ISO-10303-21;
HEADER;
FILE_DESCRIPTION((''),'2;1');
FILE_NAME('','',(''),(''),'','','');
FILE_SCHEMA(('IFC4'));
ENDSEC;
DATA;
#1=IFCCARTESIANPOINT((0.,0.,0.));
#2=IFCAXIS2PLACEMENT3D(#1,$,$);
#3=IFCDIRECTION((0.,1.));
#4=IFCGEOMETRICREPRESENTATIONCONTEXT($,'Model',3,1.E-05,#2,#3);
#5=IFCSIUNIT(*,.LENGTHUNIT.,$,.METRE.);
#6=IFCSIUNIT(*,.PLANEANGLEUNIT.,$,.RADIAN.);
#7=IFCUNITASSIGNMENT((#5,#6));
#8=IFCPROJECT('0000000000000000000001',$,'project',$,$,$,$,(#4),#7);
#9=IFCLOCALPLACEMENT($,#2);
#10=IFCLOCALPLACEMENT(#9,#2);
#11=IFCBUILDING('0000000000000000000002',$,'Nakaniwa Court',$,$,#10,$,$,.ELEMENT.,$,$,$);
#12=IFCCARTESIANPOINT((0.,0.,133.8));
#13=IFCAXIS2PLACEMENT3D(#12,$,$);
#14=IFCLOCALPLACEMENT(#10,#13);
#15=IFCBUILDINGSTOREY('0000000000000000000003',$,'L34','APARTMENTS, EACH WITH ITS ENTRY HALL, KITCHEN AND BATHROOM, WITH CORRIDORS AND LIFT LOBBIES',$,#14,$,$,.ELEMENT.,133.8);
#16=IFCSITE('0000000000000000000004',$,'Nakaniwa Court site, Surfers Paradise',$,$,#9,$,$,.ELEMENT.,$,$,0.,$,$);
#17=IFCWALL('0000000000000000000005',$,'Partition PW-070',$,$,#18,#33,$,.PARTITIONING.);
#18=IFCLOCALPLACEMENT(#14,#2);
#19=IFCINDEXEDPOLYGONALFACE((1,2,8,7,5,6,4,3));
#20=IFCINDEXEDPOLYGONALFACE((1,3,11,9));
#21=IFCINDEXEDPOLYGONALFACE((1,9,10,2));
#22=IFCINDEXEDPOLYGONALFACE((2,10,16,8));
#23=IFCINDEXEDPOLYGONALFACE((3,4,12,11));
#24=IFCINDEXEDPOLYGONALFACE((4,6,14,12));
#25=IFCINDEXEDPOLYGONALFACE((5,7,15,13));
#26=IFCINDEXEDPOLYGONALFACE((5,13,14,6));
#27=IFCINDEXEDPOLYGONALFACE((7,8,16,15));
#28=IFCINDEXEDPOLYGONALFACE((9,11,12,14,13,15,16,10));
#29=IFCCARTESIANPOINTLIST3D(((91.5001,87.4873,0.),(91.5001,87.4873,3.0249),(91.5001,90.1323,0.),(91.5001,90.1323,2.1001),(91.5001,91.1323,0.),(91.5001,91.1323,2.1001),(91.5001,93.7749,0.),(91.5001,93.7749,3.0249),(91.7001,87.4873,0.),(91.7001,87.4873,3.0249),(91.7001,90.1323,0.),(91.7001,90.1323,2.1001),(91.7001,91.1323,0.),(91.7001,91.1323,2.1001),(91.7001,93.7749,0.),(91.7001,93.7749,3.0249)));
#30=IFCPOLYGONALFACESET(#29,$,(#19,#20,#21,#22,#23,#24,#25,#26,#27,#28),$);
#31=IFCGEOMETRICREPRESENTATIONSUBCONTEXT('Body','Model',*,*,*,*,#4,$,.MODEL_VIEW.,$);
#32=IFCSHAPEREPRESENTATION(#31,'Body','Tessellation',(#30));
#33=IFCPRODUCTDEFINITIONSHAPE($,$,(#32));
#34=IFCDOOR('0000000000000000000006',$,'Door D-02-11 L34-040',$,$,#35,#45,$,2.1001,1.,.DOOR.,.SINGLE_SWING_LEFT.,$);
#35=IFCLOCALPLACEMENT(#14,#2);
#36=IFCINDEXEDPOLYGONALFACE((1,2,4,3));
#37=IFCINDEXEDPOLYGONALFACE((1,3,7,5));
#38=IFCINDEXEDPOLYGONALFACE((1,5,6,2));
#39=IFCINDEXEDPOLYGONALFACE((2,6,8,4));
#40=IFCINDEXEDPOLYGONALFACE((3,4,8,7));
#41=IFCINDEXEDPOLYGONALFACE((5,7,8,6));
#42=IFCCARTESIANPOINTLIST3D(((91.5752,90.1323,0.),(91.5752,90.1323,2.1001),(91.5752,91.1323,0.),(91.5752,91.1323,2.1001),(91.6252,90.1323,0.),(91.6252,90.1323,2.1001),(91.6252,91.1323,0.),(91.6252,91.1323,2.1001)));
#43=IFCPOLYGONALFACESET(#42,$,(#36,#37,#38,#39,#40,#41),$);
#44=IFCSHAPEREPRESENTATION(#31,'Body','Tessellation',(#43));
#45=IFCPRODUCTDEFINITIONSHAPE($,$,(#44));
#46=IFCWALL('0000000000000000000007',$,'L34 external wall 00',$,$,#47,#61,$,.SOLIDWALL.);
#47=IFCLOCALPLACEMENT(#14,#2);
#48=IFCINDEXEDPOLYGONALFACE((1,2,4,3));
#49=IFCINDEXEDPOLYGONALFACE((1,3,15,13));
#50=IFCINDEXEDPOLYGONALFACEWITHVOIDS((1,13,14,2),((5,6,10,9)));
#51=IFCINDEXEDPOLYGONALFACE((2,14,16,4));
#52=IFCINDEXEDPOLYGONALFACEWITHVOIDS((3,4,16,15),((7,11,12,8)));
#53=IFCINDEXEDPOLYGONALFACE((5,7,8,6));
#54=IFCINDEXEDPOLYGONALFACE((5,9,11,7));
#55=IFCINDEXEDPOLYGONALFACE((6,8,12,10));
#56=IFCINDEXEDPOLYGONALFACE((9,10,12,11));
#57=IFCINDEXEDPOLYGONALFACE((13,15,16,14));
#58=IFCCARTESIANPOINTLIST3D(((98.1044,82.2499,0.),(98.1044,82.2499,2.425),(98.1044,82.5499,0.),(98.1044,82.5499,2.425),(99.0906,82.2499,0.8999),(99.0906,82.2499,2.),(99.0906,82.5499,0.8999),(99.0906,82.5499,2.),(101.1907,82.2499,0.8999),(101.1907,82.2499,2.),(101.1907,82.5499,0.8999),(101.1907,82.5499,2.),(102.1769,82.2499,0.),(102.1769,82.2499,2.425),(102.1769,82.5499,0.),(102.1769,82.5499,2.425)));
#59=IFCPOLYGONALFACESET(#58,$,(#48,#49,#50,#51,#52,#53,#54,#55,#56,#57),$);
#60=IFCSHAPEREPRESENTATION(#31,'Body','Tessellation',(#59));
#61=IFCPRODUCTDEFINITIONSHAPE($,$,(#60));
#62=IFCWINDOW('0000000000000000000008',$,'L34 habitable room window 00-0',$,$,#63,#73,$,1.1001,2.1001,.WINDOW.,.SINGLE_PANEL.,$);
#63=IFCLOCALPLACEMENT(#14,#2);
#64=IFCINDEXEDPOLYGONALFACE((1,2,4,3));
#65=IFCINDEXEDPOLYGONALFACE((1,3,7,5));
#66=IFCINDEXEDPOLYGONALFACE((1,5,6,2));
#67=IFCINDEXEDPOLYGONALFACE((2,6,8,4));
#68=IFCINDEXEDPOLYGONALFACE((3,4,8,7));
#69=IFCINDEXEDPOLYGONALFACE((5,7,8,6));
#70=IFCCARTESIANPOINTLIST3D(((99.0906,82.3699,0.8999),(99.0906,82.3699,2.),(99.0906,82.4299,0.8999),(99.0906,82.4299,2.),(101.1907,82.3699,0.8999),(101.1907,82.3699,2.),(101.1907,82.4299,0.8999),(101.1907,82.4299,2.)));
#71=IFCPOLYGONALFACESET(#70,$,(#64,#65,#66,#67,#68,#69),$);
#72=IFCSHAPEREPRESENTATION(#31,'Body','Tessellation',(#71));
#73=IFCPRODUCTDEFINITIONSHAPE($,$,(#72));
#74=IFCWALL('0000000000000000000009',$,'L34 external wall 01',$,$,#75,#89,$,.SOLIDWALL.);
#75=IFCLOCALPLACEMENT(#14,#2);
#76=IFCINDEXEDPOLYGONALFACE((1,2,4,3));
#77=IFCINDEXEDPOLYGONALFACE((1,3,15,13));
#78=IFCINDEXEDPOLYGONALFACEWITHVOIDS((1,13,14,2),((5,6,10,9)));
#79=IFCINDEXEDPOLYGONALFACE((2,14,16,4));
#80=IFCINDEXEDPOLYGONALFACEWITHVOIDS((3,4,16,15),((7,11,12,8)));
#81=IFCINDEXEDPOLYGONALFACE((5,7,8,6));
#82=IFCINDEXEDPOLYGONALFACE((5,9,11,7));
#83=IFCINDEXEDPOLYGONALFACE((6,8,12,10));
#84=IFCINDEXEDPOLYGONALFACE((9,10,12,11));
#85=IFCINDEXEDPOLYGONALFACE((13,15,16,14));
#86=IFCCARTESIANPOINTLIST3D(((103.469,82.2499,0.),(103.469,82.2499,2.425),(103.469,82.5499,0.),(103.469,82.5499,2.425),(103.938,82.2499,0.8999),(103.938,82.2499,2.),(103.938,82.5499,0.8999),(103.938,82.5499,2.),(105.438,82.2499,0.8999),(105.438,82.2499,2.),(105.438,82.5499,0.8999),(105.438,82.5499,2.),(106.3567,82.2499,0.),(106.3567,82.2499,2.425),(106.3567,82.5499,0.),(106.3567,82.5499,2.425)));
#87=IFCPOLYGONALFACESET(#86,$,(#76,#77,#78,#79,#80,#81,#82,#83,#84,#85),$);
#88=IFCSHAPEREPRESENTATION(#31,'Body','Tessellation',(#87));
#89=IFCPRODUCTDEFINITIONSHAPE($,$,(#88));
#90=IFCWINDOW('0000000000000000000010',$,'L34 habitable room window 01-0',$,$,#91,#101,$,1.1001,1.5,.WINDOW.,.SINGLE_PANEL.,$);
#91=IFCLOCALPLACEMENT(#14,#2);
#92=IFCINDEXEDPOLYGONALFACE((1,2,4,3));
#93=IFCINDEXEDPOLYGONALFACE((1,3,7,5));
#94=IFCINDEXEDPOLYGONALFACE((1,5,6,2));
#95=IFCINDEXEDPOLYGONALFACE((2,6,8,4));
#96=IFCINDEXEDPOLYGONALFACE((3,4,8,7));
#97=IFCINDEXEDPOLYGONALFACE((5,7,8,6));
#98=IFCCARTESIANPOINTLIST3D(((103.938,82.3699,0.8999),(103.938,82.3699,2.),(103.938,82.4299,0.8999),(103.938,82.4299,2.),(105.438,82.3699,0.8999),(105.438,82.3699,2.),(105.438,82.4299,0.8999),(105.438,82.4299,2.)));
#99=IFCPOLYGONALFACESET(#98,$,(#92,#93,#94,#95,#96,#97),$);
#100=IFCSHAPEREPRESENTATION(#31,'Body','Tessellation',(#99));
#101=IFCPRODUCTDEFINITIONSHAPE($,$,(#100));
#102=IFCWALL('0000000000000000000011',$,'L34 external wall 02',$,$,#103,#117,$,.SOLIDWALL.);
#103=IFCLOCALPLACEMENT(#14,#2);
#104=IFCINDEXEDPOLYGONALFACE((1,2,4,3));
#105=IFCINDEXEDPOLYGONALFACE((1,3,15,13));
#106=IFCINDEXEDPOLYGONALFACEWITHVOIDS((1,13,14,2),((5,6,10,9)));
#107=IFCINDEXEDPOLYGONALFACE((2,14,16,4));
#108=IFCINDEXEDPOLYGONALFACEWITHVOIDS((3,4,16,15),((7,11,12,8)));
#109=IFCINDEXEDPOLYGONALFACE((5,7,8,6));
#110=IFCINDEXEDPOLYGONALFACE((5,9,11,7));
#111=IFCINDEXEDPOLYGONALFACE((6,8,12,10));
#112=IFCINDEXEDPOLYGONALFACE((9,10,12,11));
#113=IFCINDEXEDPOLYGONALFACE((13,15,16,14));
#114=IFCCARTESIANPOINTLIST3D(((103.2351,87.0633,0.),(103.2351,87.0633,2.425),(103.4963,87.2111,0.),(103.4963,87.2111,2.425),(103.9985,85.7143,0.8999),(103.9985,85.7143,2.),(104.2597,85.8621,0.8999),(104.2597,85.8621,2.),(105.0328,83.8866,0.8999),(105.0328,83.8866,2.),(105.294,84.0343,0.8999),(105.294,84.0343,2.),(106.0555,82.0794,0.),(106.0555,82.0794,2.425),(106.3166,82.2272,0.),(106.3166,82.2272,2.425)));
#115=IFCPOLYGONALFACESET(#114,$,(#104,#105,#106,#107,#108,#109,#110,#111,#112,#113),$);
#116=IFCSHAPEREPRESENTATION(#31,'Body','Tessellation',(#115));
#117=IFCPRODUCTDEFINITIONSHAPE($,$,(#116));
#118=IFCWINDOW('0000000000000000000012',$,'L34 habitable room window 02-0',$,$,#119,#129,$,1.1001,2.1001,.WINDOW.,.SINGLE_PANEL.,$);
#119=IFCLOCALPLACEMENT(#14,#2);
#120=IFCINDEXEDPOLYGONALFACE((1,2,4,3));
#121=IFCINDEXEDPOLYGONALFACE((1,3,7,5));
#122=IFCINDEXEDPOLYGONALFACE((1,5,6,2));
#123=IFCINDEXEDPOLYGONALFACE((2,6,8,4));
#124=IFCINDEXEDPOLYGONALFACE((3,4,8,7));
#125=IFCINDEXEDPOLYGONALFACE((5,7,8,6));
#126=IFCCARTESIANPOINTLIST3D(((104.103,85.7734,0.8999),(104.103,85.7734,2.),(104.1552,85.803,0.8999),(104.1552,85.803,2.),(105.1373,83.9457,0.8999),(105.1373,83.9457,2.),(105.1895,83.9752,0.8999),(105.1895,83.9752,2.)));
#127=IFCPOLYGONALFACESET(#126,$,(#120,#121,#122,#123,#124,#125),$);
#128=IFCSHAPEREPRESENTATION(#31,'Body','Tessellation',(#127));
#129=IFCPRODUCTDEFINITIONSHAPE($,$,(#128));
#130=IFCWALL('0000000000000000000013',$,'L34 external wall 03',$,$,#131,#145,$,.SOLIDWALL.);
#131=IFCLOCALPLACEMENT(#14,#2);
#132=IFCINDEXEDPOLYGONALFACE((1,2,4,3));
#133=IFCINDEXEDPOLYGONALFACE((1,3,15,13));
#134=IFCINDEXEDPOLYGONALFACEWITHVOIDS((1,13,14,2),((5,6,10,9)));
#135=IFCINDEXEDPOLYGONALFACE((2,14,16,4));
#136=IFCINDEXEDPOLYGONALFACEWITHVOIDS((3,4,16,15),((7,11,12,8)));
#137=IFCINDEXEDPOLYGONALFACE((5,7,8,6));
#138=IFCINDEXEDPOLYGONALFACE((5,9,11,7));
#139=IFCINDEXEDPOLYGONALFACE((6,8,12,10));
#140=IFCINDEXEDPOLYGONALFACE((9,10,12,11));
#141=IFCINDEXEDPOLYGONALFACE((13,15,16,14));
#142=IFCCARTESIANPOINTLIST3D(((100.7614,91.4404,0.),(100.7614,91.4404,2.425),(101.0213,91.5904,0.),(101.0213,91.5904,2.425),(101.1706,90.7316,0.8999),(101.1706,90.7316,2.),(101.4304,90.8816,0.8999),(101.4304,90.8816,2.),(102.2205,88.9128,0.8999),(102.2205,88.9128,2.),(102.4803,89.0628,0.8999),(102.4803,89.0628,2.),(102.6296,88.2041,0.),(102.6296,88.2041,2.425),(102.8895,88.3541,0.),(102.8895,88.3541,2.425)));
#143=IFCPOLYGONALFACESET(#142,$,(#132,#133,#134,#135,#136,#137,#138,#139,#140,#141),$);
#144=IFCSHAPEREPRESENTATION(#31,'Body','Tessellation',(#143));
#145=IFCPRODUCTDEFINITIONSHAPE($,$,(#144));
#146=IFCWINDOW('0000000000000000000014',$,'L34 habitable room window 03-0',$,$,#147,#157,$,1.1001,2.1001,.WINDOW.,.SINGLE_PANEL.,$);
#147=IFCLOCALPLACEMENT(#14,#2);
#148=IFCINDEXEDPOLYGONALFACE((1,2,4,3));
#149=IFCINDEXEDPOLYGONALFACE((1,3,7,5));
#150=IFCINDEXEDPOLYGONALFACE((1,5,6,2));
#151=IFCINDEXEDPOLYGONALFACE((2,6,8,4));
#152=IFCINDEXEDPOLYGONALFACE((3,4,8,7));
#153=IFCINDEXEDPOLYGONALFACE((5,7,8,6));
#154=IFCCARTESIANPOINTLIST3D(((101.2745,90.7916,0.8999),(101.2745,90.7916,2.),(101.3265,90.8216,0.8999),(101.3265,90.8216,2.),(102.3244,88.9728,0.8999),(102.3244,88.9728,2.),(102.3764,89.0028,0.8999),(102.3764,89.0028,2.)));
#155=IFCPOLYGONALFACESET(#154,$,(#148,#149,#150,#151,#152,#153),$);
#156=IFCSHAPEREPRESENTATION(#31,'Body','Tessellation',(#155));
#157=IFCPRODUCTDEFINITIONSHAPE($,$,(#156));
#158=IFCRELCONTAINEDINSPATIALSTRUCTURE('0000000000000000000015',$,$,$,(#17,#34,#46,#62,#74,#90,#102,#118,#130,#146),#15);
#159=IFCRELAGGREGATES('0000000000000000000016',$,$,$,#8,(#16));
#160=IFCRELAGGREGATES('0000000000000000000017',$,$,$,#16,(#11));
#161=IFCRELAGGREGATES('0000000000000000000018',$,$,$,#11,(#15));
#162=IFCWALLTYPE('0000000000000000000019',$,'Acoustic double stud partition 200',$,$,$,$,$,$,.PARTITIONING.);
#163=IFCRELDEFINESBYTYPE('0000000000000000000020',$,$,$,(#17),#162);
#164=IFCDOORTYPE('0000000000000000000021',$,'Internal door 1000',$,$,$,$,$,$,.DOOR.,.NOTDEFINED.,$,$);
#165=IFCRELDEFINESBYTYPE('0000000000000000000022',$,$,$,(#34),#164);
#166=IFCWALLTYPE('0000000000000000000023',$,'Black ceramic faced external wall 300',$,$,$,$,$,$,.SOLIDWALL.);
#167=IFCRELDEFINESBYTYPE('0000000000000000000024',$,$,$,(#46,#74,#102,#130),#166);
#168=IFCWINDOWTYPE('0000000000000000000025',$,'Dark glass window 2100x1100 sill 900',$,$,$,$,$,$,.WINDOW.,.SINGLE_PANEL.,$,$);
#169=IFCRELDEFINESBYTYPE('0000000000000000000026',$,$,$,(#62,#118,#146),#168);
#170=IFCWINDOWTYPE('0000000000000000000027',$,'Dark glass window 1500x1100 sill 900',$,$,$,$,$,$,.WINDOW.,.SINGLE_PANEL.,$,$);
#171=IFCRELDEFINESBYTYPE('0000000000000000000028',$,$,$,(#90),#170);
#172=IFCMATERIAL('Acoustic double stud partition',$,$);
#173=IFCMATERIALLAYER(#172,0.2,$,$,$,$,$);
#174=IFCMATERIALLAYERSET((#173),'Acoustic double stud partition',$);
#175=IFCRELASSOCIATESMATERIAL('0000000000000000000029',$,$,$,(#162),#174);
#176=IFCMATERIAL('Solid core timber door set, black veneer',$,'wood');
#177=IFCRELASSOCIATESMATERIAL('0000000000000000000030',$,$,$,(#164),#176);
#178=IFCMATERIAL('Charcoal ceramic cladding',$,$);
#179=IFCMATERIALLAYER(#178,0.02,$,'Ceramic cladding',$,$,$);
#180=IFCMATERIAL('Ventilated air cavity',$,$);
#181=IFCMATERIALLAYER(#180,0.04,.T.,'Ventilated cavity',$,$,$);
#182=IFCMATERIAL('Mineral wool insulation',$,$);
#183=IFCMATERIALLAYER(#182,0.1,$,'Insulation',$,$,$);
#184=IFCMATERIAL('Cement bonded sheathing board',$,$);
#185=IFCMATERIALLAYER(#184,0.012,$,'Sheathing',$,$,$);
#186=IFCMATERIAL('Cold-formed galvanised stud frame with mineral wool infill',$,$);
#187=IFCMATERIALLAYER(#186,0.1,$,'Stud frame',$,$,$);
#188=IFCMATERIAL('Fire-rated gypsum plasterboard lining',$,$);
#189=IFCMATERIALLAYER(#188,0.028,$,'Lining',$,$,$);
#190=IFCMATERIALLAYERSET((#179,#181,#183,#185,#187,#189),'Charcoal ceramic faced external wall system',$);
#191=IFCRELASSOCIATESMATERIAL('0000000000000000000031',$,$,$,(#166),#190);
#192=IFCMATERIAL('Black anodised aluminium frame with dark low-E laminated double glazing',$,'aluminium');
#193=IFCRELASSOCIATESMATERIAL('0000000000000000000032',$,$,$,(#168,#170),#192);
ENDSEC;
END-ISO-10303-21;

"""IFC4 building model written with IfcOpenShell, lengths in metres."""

from ifc_helpers import new_model, si_unit, direction, frame, frame_2d, origin, place, context, subcontext, project, spatial, rectangle, extrude, material, layer, layer_set, type_object, element, fill, save


model = new_model("IFC4")

# Units and contexts
model_context = context("Model", 3, precision=1e-05, world=origin(), true_north=direction((0.0, 1.0)))
body_context = subcontext(model_context, "Body", "Model", "MODEL_VIEW")
ifc_project = project(units=[si_unit("LENGTHUNIT", "METRE"), si_unit("PLANEANGLEUNIT", "RADIAN")], contexts=[model_context])

# Site, building, storey
site_placement = place(None, origin())
site = spatial("IfcSite", under=ifc_project, at=site_placement, Name="Nakaniwa Court site, Surfers Paradise", CompositionType="ELEMENT", RefElevation=0.0)
building_placement = place(site_placement, origin())
building = spatial("IfcBuilding", under=site, at=building_placement, Name="Nakaniwa Court", CompositionType="ELEMENT")
storey_placement = place(building_placement, frame((0.0, 0.0, 133.8)))
storey = spatial("IfcBuildingStorey", under=building, at=storey_placement, Name="L34", Description="APARTMENTS, EACH WITH ITS ENTRY HALL, KITCHEN AND BATHROOM, WITH CORRIDORS AND LIFT LOBBIES", CompositionType="ELEMENT", Elevation=133.8)

# Wall, opening, door
ifc_material_1 = material(Name="Acoustic double stud partition")
ifc_layer_1 = layer(ifc_material_1, 0.2)
ifc_layer_set_1 = layer_set([ifc_layer_1], Name="Acoustic double stud partition")
wall_type_1 = type_object("IfcWallType", Name="Acoustic double stud partition 200", PredefinedType="PARTITIONING", material=ifc_layer_set_1)
wall_1_placement = place(storey_placement, frame((91.6001, 87.4873, 0.0), z_axis=(0.0, 0.0, 1.0), x_axis=(0.0, 1.0, 0.0)))
wall_1 = element("IfcWall", 1, at=wall_1_placement, inside=storey, type_object=wall_type_1, Name="Partition PW-070", PredefinedType="PARTITIONING", context=body_context, shape_type="SweptSolid", body=[
    extrude(rectangle(XDim=6.2876, YDim=0.2, at=frame_2d((3.1438, 0.0))), origin(), (0.0, 0.0, 1.0), 3.0249),
])
opening_1_placement = place(wall_1_placement, frame((2.645, 0.0, 0.0)))
opening_1 = element("IfcOpeningElement", 2, at=opening_1_placement, cuts=wall_1, PredefinedType="OPENING", context=body_context, shape_type="SweptSolid", body=[
    extrude(rectangle(XDim=1.0, YDim=2.1001, at=frame_2d((0.5, 1.05))), frame((0.0, 0.1099, 0.0), z_axis=(0.0, -1.0, 0.0), x_axis=(1.0, 0.0, 0.0)), (0.0, 0.0, 1.0), 0.22),
])
ifc_material_2 = material(Name="Solid core timber door set, black veneer", Category="wood")
door_type = type_object("IfcDoorType", Name="Internal door 1000", OperationType="NOTDEFINED", PredefinedType="DOOR", material=ifc_material_2)
door_placement = place(opening_1_placement, origin())
door = element("IfcDoor", 3, at=door_placement, inside=storey, type_object=door_type, Name="Door D-02-11 L34-040", OperationType="SINGLE_SWING_LEFT", OverallHeight=2.1001, OverallWidth=1.0, PredefinedType="DOOR", context=body_context, shape_type="SweptSolid", body=[
    extrude(rectangle(XDim=1.0, YDim=2.1001, at=frame_2d((0.5, 1.05))), frame((0.0, 0.0249, 0.0), z_axis=(0.0, -1.0, 0.0), x_axis=(1.0, 0.0, 0.0)), (0.0, 0.0, 1.0), 0.05),
])
fill(opening_1, door)

# Walls, openings, windows
ifc_material_3 = material(Name="Charcoal ceramic cladding")
ifc_layer_2 = layer(ifc_material_3, 0.02, Name="Ceramic cladding")
ifc_material_4 = material(Name="Ventilated air cavity")
ifc_layer_3 = layer(ifc_material_4, 0.04, ventilated=True, Name="Ventilated cavity")
ifc_material_5 = material(Name="Mineral wool insulation")
ifc_layer_4 = layer(ifc_material_5, 0.1, Name="Insulation")
ifc_material_6 = material(Name="Cement bonded sheathing board")
ifc_layer_5 = layer(ifc_material_6, 0.012, Name="Sheathing")
ifc_material_7 = material(Name="Cold-formed galvanised stud frame with mineral wool infill")
ifc_layer_6 = layer(ifc_material_7, 0.1, Name="Stud frame")
ifc_material_8 = material(Name="Fire-rated gypsum plasterboard lining")
ifc_layer_7 = layer(ifc_material_8, 0.028, Name="Lining")
ifc_layer_set_2 = layer_set([ifc_layer_2, ifc_layer_3, ifc_layer_4, ifc_layer_5, ifc_layer_6, ifc_layer_7], Name="Charcoal ceramic faced external wall system")
wall_type_2 = type_object("IfcWallType", Name="Black ceramic faced external wall 300", PredefinedType="SOLIDWALL", material=ifc_layer_set_2)
wall_2_placement = place(storey_placement, frame((98.1045, 82.3999, 0.0), z_axis=(0.0, 0.0, 1.0), x_axis=(1.0, 0.0, 0.0)))
wall_2 = element("IfcWall", 4, at=wall_2_placement, inside=storey, type_object=wall_type_2, Name="L34 external wall 00", PredefinedType="SOLIDWALL", context=body_context, shape_type="SweptSolid", body=[
    extrude(rectangle(XDim=4.0725, YDim=0.3, at=frame_2d((2.0361, 0.0))), origin(), (0.0, 0.0, 1.0), 2.425),
])
opening_2_placement = place(wall_2_placement, frame((0.9861, 0.0, 0.8999)))
opening_2 = element("IfcOpeningElement", 5, at=opening_2_placement, cuts=wall_2, PredefinedType="OPENING", context=body_context, shape_type="SweptSolid", body=[
    extrude(rectangle(XDim=2.1001, YDim=1.1001, at=frame_2d((1.05, 0.55))), frame((0.0, 0.1599, 0.0), z_axis=(0.0, -1.0, 0.0), x_axis=(1.0, 0.0, 0.0)), (0.0, 0.0, 1.0), 0.3201),
])
ifc_material_9 = material(Name="Black anodised aluminium frame with dark low-E laminated double glazing", Category="aluminium")
window_type_1 = type_object("IfcWindowType", Name="Dark glass window 2100x1100 sill 900", PartitioningType="SINGLE_PANEL", PredefinedType="WINDOW", material=ifc_material_9)
window_1_placement = place(opening_2_placement, origin())
window_1 = element("IfcWindow", 6, at=window_1_placement, inside=storey, type_object=window_type_1, Name="L34 habitable room window 00-0", OverallHeight=1.1001, OverallWidth=2.1001, PartitioningType="SINGLE_PANEL", PredefinedType="WINDOW", context=body_context, shape_type="SweptSolid", body=[
    extrude(rectangle(XDim=2.1001, YDim=1.1001, at=frame_2d((1.05, 0.55))), frame((0.0, 0.03, 0.0), z_axis=(0.0, -1.0, 0.0), x_axis=(1.0, 0.0, 0.0)), (0.0, 0.0, 1.0), 0.0601),
])
fill(opening_2, window_1)
wall_3_placement = place(storey_placement, frame((103.469, 82.3999, 0.0), z_axis=(0.0, 0.0, 1.0), x_axis=(1.0, 0.0, 0.0)))
wall_3 = element("IfcWall", 7, at=wall_3_placement, inside=storey, type_object=wall_type_2, Name="L34 external wall 01", PredefinedType="SOLIDWALL", context=body_context, shape_type="SweptSolid", body=[
    extrude(rectangle(XDim=2.8877, YDim=0.3, at=frame_2d((1.4438, 0.0))), origin(), (0.0, 0.0, 1.0), 2.425),
])
opening_3_placement = place(wall_3_placement, frame((0.469, 0.0, 0.8999)))
opening_3 = element("IfcOpeningElement", 8, at=opening_3_placement, cuts=wall_3, PredefinedType="OPENING", context=body_context, shape_type="SweptSolid", body=[
    extrude(rectangle(XDim=1.5, YDim=1.1001, at=frame_2d((0.75, 0.55))), frame((0.0, 0.1599, 0.0), z_axis=(0.0, -1.0, 0.0), x_axis=(1.0, 0.0, 0.0)), (0.0, 0.0, 1.0), 0.3201),
])
window_type_2 = type_object("IfcWindowType", Name="Dark glass window 1500x1100 sill 900", PartitioningType="SINGLE_PANEL", PredefinedType="WINDOW", material=ifc_material_9)
window_2_placement = place(opening_3_placement, origin())
window_2 = element("IfcWindow", 9, at=window_2_placement, inside=storey, type_object=window_type_2, Name="L34 habitable room window 01-0", OverallHeight=1.1001, OverallWidth=1.5, PartitioningType="SINGLE_PANEL", PredefinedType="WINDOW", context=body_context, shape_type="SweptSolid", body=[
    extrude(rectangle(XDim=1.5, YDim=1.1001, at=frame_2d((0.75, 0.55))), frame((0.0, 0.03, 0.0), z_axis=(0.0, -1.0, 0.0), x_axis=(1.0, 0.0, 0.0)), (0.0, 0.0, 1.0), 0.0601),
])
fill(opening_3, window_2)
wall_4_placement = place(storey_placement, frame((106.186, 82.1533, 0.0), z_axis=(0.0, 0.0, 1.0), x_axis=(-0.492498, 0.870313, 0.0)))
wall_4 = element("IfcWall", 10, at=wall_4_placement, inside=storey, type_object=wall_type_2, Name="L34 external wall 02", PredefinedType="SOLIDWALL", context=body_context, shape_type="SweptSolid", body=[
    extrude(rectangle(XDim=5.7266, YDim=0.3, at=frame_2d((2.8633, 0.0))), origin(), (0.0, 0.0, 1.0), 2.425),
])
opening_4_placement = place(wall_4_placement, frame((2.0764, 0.0, 0.8999)))
opening_4 = element("IfcOpeningElement", 11, at=opening_4_placement, cuts=wall_4, PredefinedType="OPENING", context=body_context, shape_type="SweptSolid", body=[
    extrude(rectangle(XDim=2.1001, YDim=1.1001, at=frame_2d((1.05, 0.55))), frame((0.0, 0.1599, 0.0), z_axis=(0.0, -1.0, 0.0), x_axis=(1.0, 0.0, 0.0)), (0.0, 0.0, 1.0), 0.3201),
])
window_3_placement = place(opening_4_placement, origin())
window_3 = element("IfcWindow", 12, at=window_3_placement, inside=storey, type_object=window_type_1, Name="L34 habitable room window 02-0", OverallHeight=1.1001, OverallWidth=2.1001, PartitioningType="SINGLE_PANEL", PredefinedType="WINDOW", context=body_context, shape_type="SweptSolid", body=[
    extrude(rectangle(XDim=2.1001, YDim=1.1001, at=frame_2d((1.05, 0.55))), frame((0.0, 0.03, 0.0), z_axis=(0.0, -1.0, 0.0), x_axis=(1.0, 0.0, 0.0)), (0.0, 0.0, 1.0), 0.0601),
])
fill(opening_4, window_3)
wall_5_placement = place(storey_placement, frame((102.7595, 88.2791, 0.0), z_axis=(0.0, 0.0, 1.0), x_axis=(-0.499934, 0.866064, 0.0)))
wall_5 = element("IfcWall", 13, at=wall_5_placement, inside=storey, type_object=wall_type_2, Name="L34 external wall 03", PredefinedType="SOLIDWALL", context=body_context, shape_type="SweptSolid", body=[
    extrude(rectangle(XDim=3.7368, YDim=0.3, at=frame_2d((1.8684, 0.0))), origin(), (0.0, 0.0, 1.0), 2.425),
])
opening_5_placement = place(wall_5_placement, frame((0.8184, 0.0, 0.8999)))
opening_5 = element("IfcOpeningElement", 14, at=opening_5_placement, cuts=wall_5, PredefinedType="OPENING", context=body_context, shape_type="SweptSolid", body=[
    extrude(rectangle(XDim=2.1001, YDim=1.1001, at=frame_2d((1.05, 0.55))), frame((0.0, 0.1599, 0.0), z_axis=(0.0, -1.0, 0.0), x_axis=(1.0, 0.0, 0.0)), (0.0, 0.0, 1.0), 0.3201),
])
window_4_placement = place(opening_5_placement, origin())
window_4 = element("IfcWindow", 15, at=window_4_placement, inside=storey, type_object=window_type_1, Name="L34 habitable room window 03-0", OverallHeight=1.1001, OverallWidth=2.1001, PartitioningType="SINGLE_PANEL", PredefinedType="WINDOW", context=body_context, shape_type="SweptSolid", body=[
    extrude(rectangle(XDim=2.1001, YDim=1.1001, at=frame_2d((1.05, 0.55))), frame((0.0, 0.03, 0.0), z_axis=(0.0, -1.0, 0.0), x_axis=(1.0, 0.0, 0.0)), (0.0, 0.0, 1.0), 0.0601),
])
fill(opening_5, window_4)

save(model, "model.ifc")
